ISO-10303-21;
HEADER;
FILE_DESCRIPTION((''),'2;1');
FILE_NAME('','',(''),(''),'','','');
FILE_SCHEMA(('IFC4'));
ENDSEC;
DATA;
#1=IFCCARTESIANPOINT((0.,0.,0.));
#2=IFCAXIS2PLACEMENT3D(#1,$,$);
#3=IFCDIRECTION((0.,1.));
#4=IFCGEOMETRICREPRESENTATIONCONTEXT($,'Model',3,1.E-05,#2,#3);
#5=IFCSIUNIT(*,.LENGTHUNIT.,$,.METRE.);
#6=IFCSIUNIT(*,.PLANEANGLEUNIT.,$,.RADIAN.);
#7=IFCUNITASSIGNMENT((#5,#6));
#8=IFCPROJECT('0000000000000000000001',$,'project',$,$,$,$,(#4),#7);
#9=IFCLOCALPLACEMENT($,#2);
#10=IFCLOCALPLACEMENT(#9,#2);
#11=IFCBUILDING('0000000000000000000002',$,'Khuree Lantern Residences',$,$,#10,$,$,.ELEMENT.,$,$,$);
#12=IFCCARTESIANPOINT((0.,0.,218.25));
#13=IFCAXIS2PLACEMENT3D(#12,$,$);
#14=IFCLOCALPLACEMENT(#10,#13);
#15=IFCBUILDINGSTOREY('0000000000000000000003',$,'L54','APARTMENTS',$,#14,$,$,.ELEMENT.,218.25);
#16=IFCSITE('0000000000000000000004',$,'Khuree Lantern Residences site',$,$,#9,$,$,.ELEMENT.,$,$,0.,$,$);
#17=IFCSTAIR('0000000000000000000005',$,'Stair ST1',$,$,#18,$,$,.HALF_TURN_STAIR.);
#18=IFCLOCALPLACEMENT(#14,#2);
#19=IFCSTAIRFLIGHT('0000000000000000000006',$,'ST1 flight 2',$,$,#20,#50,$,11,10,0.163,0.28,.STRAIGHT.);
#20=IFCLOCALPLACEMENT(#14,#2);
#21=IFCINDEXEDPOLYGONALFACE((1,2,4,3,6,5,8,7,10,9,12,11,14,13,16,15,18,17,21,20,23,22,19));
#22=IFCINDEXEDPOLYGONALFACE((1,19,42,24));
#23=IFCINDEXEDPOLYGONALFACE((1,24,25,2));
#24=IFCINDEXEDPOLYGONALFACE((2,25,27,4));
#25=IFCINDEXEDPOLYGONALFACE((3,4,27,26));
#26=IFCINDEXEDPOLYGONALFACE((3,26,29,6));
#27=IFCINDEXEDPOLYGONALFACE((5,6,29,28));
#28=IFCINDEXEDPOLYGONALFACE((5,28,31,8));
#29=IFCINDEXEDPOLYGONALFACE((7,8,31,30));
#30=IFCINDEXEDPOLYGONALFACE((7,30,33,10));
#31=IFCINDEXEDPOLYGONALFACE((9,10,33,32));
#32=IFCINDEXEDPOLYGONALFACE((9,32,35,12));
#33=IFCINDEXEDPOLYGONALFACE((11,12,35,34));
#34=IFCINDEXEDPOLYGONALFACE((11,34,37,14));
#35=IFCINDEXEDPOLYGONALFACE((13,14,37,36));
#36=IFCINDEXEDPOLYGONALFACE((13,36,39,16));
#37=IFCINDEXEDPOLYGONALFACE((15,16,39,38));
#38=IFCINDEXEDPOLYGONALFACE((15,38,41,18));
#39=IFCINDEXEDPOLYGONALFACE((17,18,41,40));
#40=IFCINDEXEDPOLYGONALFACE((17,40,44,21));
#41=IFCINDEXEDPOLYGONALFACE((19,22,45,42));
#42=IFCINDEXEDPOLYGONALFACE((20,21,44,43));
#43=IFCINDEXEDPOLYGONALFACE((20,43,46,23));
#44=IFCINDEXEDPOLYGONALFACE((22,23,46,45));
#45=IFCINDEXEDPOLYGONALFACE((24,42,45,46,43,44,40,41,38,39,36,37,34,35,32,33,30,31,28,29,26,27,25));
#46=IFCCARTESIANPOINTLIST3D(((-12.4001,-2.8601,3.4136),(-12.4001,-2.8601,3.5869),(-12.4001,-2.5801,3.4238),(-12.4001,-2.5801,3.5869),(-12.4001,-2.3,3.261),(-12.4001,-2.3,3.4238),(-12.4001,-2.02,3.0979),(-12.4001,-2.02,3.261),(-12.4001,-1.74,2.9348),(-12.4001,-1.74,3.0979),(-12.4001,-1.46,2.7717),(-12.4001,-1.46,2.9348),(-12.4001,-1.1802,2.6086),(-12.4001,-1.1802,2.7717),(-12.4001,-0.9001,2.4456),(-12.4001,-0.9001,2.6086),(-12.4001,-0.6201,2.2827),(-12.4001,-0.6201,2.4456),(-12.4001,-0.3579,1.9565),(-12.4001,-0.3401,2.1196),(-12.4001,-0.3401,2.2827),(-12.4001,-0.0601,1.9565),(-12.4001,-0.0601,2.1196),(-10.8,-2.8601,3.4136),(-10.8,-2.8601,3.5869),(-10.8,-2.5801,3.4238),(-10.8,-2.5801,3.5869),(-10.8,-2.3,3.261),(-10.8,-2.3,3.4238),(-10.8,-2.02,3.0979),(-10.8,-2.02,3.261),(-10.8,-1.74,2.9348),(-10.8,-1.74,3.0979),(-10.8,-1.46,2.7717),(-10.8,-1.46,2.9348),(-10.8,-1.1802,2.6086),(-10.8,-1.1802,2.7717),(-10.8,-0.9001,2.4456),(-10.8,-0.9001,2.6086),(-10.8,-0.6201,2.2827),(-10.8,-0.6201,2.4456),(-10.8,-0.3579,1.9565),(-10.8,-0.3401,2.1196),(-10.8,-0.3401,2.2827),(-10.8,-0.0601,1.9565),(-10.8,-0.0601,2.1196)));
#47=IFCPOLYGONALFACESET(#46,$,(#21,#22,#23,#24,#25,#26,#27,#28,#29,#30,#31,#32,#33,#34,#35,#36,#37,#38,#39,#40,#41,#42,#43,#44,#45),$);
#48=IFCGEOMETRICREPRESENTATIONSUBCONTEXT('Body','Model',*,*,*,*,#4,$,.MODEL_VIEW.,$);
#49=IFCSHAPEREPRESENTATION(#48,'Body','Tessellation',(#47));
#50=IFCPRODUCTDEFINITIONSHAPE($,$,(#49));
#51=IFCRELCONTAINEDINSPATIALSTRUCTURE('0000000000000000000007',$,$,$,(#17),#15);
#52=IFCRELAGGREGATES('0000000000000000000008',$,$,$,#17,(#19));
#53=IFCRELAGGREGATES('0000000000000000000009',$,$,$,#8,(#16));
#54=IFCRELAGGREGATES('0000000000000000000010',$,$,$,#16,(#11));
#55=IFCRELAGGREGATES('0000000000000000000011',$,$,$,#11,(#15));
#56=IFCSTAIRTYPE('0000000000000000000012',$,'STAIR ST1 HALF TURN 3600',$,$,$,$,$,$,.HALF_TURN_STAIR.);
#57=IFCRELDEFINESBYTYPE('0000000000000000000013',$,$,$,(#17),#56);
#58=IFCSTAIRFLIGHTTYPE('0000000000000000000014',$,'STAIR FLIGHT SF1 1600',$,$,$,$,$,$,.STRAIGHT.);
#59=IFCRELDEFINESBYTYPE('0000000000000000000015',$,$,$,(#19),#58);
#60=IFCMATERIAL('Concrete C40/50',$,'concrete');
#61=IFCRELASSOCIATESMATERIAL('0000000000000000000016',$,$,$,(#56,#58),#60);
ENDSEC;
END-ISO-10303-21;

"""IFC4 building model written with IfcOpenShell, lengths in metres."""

from ifc_helpers import new_model, si_unit, direction, frame, origin, place, context, subcontext, project, spatial, polyline, outline, extrude, material, type_object, element, aggregate, save


model = new_model("IFC4")

# Units and contexts
model_context = context("Model", 3, precision=1e-05, world=origin(), true_north=direction((0.0, 1.0)))
body_context = subcontext(model_context, "Body", "Model", "MODEL_VIEW")
ifc_project = project(units=[si_unit("LENGTHUNIT", "METRE"), si_unit("PLANEANGLEUNIT", "RADIAN")], contexts=[model_context])

# Site, building, storey
site_placement = place(None, origin())
site = spatial("IfcSite", under=ifc_project, at=site_placement, Name="Khuree Lantern Residences site", CompositionType="ELEMENT", RefElevation=0.0)
building_placement = place(site_placement, origin())
building = spatial("IfcBuilding", under=site, at=building_placement, Name="Khuree Lantern Residences", CompositionType="ELEMENT")
storey_placement = place(building_placement, frame((0.0, 0.0, 218.25)))
storey = spatial("IfcBuildingStorey", under=building, at=storey_placement, Name="L54", Description="APARTMENTS", CompositionType="ELEMENT", Elevation=218.25)

# Stair, stair flight
ifc_material_1 = material(Name="Concrete C40/50", Category="concrete")
stair_type = type_object("IfcStairType", Name="STAIR ST1 HALF TURN 3600", PredefinedType="HALF_TURN_STAIR", material=ifc_material_1)
stair_placement = place(storey_placement, origin())
stair = element("IfcStair", 1, at=stair_placement, inside=storey, type_object=stair_type, Name="Stair ST1", PredefinedType="HALF_TURN_STAIR")
stair_flight_type = type_object("IfcStairFlightType", Name="STAIR FLIGHT SF1 1600", PredefinedType="STRAIGHT", material=ifc_material_1)
stair_flight_placement = place(storey_placement, frame((-11.6001, -0.0601, 1.9565), z_axis=(0.0, 0.0, 1.0), x_axis=(0.0, -1.0, 0.0)))
stair_flight = element("IfcStairFlight", 2, at=stair_flight_placement, type_object=stair_flight_type, Name="ST1 flight 2", NumberOfRisers=11, NumberOfTreads=10, PredefinedType="STRAIGHT", RiserHeight=0.163, TreadLength=0.28, context=body_context, shape_type="SweptSolid", body=[
    extrude(outline(polyline([(0.0, 0.0), (0.0, 0.1631), (0.28, 0.1631), (0.28, 0.3262), (0.5601, 0.3262), (0.5601, 0.489), (0.8401, 0.489), (0.8401, 0.6521), (1.1201, 0.6521), (1.1201, 0.8152), (1.3999, 0.8152), (1.3999, 0.9783), (1.6799, 0.9783), (1.6799, 1.1414), (1.96, 1.1414), (1.96, 1.3044), (2.24, 1.3044), (2.24, 1.4673), (2.52, 1.4673), (2.52, 1.6304), (2.8, 1.6304), (2.8, 1.7935), (2.8, 1.457), (0.2979, 0.0), (0.0, 0.0)])), frame((0.0, 0.8, 0.0), z_axis=(0.0, -1.0, 0.0), x_axis=(1.0, 0.0, 0.0)), (0.0, 0.0, 1.0), 1.6001),
])
aggregate(stair, [stair_flight])

save(model, "model.ifc")
